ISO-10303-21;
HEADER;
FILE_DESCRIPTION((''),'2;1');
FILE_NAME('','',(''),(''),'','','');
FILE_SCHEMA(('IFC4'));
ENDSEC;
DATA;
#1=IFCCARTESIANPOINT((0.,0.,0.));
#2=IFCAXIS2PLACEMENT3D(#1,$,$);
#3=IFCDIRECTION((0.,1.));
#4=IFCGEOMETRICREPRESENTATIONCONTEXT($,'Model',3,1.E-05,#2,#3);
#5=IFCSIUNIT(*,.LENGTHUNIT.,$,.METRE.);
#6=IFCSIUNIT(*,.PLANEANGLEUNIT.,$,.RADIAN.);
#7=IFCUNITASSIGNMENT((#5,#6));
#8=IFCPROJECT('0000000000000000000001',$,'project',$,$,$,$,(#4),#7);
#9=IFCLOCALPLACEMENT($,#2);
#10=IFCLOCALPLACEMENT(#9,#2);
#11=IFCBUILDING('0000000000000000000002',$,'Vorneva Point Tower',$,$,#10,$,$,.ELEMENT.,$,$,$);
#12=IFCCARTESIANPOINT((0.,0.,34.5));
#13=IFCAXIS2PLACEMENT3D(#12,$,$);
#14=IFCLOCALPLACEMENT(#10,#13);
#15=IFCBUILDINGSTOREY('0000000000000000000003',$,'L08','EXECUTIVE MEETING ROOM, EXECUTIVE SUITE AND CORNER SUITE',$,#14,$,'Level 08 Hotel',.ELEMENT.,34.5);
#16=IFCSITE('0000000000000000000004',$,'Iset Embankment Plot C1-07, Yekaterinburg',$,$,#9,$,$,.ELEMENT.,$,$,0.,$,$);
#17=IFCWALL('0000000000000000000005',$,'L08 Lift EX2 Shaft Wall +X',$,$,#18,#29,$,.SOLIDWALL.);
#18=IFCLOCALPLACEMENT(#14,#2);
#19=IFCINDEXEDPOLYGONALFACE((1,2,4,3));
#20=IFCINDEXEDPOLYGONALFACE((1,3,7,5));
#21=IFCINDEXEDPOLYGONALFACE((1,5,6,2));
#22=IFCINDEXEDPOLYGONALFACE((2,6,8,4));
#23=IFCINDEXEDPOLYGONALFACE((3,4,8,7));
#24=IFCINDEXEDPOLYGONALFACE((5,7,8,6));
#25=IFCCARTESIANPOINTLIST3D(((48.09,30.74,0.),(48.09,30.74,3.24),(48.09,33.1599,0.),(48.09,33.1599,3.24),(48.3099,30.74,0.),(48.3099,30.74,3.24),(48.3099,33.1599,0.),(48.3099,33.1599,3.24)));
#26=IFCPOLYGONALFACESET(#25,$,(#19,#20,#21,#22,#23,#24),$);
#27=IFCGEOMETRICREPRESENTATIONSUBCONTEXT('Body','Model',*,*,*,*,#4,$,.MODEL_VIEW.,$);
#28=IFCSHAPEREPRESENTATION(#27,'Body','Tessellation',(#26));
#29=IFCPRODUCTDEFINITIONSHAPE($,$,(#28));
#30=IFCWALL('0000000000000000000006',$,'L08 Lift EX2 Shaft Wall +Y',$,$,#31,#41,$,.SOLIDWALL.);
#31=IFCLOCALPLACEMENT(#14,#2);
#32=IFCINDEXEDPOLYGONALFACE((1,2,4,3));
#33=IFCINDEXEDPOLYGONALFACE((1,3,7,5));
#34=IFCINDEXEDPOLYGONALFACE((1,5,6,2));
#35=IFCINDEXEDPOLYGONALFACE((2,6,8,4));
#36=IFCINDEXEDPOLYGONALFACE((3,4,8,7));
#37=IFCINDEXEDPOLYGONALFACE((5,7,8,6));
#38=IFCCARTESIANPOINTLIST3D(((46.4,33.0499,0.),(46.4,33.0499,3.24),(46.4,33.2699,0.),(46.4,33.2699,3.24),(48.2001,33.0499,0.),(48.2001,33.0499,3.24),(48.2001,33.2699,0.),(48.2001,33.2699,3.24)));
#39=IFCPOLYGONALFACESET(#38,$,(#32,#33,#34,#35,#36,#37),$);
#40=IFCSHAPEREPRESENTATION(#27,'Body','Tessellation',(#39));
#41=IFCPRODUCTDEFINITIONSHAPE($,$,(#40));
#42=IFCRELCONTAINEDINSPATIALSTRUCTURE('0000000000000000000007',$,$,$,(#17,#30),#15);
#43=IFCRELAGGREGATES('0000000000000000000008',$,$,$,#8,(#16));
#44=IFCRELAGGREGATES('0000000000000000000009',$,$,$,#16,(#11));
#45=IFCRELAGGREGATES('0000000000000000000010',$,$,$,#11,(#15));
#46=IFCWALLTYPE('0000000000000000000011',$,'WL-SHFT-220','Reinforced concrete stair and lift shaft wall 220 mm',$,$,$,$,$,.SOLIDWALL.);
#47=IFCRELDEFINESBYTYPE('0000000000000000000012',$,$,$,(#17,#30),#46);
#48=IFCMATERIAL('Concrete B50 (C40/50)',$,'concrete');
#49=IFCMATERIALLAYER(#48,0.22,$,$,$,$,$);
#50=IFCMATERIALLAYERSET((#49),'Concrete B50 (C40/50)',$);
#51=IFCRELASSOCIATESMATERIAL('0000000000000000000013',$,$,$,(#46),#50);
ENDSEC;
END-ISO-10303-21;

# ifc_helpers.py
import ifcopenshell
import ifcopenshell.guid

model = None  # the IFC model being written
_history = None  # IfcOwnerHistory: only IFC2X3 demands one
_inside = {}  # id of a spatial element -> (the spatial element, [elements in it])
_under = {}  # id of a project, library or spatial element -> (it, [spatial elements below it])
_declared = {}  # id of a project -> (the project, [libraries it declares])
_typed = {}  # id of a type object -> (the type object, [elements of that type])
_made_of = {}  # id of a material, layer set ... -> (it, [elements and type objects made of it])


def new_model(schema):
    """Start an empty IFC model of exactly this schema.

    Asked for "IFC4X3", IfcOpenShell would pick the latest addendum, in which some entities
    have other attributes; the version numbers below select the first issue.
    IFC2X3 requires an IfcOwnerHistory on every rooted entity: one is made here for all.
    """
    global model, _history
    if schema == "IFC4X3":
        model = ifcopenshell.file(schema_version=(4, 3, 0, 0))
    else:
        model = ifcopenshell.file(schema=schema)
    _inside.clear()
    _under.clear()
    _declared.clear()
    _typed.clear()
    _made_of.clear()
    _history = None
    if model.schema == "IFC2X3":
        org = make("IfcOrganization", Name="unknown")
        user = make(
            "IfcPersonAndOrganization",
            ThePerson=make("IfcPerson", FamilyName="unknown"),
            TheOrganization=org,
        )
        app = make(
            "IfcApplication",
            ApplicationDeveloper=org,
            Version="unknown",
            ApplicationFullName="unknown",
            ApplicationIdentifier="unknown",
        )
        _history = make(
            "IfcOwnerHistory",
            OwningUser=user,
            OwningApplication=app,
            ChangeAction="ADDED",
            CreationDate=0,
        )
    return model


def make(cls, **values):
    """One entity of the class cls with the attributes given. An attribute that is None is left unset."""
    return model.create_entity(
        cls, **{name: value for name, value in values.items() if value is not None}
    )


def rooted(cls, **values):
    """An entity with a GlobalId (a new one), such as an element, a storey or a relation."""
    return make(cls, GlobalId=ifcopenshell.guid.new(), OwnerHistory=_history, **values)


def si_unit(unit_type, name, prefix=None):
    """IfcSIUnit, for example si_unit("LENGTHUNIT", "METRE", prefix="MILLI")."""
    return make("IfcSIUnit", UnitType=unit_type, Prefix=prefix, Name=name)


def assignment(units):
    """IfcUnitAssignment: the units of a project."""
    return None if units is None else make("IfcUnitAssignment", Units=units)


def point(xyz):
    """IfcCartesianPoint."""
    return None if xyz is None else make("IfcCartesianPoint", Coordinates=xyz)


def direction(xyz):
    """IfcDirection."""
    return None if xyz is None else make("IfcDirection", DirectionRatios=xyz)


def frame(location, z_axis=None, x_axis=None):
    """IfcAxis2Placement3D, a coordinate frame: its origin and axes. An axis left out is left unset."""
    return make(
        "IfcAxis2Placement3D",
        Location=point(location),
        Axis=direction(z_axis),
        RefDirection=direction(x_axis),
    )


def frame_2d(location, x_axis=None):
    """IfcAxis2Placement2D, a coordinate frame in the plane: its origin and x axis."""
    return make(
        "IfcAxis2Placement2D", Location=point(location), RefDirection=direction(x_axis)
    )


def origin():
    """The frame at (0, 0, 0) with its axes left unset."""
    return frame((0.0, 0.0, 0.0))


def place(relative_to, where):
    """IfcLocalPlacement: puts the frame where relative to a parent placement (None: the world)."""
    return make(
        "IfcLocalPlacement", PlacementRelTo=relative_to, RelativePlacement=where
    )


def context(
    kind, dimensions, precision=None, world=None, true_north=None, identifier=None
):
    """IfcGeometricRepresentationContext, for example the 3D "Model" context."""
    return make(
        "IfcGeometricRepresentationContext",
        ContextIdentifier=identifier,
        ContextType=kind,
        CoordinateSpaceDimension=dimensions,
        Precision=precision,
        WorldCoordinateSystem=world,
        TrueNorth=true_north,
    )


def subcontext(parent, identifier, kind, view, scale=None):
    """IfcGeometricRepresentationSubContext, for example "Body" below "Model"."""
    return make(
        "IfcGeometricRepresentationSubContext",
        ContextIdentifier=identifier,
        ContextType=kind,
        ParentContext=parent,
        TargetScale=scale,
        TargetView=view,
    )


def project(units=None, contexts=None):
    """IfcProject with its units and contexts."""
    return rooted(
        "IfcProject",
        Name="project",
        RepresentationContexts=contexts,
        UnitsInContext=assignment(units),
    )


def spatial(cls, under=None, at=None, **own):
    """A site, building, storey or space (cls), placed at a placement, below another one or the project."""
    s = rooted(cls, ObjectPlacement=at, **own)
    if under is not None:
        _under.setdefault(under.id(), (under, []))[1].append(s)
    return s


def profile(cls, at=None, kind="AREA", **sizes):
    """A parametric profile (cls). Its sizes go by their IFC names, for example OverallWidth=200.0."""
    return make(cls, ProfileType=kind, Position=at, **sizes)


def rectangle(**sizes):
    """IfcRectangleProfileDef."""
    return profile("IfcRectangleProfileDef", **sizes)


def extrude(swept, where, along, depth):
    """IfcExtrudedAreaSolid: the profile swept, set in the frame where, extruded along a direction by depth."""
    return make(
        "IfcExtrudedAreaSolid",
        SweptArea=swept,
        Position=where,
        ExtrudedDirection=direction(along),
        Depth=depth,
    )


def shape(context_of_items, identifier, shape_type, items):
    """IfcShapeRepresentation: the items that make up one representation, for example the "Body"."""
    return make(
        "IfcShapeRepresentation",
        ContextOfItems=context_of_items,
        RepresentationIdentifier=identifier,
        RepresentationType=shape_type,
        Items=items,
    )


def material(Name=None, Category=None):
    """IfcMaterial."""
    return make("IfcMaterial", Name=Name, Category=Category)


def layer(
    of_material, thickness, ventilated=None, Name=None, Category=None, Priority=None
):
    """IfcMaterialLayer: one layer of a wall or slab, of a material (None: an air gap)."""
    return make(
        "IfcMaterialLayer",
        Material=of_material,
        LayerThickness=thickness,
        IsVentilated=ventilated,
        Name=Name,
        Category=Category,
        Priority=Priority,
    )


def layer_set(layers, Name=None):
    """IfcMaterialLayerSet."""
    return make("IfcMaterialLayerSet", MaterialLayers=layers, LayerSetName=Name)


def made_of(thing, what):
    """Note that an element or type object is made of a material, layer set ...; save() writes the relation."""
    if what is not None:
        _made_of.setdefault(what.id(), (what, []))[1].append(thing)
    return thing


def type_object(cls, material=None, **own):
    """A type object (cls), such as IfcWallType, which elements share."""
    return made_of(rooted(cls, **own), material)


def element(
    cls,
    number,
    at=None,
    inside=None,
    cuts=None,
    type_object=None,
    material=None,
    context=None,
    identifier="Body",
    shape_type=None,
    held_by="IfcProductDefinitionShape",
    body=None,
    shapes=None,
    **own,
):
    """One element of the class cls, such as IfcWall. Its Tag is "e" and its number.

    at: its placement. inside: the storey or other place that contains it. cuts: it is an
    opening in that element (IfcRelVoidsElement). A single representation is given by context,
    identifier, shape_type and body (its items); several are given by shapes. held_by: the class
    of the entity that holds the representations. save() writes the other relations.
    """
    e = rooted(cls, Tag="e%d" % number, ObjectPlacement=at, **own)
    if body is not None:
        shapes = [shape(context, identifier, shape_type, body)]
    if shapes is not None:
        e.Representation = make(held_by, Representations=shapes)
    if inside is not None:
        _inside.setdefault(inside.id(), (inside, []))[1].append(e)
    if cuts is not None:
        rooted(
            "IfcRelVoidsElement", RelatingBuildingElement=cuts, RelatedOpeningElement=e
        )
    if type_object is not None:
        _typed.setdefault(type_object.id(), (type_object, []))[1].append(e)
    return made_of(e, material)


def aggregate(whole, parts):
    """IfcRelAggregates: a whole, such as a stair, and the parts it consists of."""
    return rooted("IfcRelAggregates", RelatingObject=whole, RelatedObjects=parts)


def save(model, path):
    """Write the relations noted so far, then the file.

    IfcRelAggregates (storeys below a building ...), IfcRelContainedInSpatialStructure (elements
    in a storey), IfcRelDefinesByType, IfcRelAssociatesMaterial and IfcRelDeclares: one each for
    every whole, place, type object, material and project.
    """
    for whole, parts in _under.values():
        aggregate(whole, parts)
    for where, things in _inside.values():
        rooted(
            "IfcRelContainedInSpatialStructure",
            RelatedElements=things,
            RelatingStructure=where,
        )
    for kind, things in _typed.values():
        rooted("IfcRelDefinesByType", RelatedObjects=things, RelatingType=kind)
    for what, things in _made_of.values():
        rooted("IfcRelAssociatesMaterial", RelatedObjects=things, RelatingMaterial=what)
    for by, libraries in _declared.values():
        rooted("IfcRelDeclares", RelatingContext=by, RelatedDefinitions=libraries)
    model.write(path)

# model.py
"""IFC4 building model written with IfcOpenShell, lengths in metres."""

from ifc_helpers import new_model, si_unit, direction, frame, frame_2d, origin, place, context, subcontext, project, spatial, rectangle, extrude, material, layer, layer_set, type_object, element, save


model = new_model("IFC4")

# Units and contexts
model_context = context("Model", 3, precision=1e-05, world=origin(), true_north=direction((0.0, 1.0)))
body_context = subcontext(model_context, "Body", "Model", "MODEL_VIEW")
ifc_project = project(units=[si_unit("LENGTHUNIT", "METRE"), si_unit("PLANEANGLEUNIT", "RADIAN")], contexts=[model_context])

# Site, building, storey
site_placement = place(None, origin())
site = spatial("IfcSite", under=ifc_project, at=site_placement, Name="Iset Embankment Plot C1-07, Yekaterinburg", CompositionType="ELEMENT", RefElevation=0.0)
building_placement = place(site_placement, origin())
building = spatial("IfcBuilding", under=site, at=building_placement, Name="Vorneva Point Tower", CompositionType="ELEMENT")
storey_placement = place(building_placement, frame((0.0, 0.0, 34.5)))
storey = spatial("IfcBuildingStorey", under=building, at=storey_placement, Name="L08", Description="EXECUTIVE MEETING ROOM, EXECUTIVE SUITE AND CORNER SUITE", LongName="Level 08 Hotel", CompositionType="ELEMENT", Elevation=34.5)

# Walls
ifc_material_1 = material(Name="Concrete B50 (C40/50)", Category="concrete")
ifc_layer_1 = layer(ifc_material_1, 0.22)
ifc_layer_set_1 = layer_set([ifc_layer_1], Name="Concrete B50 (C40/50)")
wall_type_1 = type_object("IfcWallType", Name="WL-SHFT-220", Description="Reinforced concrete stair and lift shaft wall 220 mm", PredefinedType="SOLIDWALL", material=ifc_layer_set_1)
wall_1_placement = place(storey_placement, frame((48.2, 30.74, 0.0), z_axis=(0.0, 0.0, 1.0), x_axis=(0.0, 1.0, 0.0)))
element("IfcWall", 1, at=wall_1_placement, inside=storey, type_object=wall_type_1, Name="L08 Lift EX2 Shaft Wall +X", PredefinedType="SOLIDWALL", context=body_context, shape_type="SweptSolid", body=[
    extrude(rectangle(XDim=2.4199, YDim=0.22, at=frame_2d((1.21, 0.0))), origin(), (0.0, 0.0, 1.0), 3.24),
])
wall_2_placement = place(storey_placement, frame((48.2, 33.1599, 0.0), z_axis=(0.0, 0.0, 1.0), x_axis=(-1.0, 0.0, 0.0)))
element("IfcWall", 2, at=wall_2_placement, inside=storey, type_object=wall_type_1, Name="L08 Lift EX2 Shaft Wall +Y", PredefinedType="SOLIDWALL", context=body_context, shape_type="SweptSolid", body=[
    extrude(rectangle(XDim=1.8, YDim=0.22, at=frame_2d((0.8999, 0.0))), origin(), (0.0, 0.0, 1.0), 3.24),
])

save(model, "model.ifc")
